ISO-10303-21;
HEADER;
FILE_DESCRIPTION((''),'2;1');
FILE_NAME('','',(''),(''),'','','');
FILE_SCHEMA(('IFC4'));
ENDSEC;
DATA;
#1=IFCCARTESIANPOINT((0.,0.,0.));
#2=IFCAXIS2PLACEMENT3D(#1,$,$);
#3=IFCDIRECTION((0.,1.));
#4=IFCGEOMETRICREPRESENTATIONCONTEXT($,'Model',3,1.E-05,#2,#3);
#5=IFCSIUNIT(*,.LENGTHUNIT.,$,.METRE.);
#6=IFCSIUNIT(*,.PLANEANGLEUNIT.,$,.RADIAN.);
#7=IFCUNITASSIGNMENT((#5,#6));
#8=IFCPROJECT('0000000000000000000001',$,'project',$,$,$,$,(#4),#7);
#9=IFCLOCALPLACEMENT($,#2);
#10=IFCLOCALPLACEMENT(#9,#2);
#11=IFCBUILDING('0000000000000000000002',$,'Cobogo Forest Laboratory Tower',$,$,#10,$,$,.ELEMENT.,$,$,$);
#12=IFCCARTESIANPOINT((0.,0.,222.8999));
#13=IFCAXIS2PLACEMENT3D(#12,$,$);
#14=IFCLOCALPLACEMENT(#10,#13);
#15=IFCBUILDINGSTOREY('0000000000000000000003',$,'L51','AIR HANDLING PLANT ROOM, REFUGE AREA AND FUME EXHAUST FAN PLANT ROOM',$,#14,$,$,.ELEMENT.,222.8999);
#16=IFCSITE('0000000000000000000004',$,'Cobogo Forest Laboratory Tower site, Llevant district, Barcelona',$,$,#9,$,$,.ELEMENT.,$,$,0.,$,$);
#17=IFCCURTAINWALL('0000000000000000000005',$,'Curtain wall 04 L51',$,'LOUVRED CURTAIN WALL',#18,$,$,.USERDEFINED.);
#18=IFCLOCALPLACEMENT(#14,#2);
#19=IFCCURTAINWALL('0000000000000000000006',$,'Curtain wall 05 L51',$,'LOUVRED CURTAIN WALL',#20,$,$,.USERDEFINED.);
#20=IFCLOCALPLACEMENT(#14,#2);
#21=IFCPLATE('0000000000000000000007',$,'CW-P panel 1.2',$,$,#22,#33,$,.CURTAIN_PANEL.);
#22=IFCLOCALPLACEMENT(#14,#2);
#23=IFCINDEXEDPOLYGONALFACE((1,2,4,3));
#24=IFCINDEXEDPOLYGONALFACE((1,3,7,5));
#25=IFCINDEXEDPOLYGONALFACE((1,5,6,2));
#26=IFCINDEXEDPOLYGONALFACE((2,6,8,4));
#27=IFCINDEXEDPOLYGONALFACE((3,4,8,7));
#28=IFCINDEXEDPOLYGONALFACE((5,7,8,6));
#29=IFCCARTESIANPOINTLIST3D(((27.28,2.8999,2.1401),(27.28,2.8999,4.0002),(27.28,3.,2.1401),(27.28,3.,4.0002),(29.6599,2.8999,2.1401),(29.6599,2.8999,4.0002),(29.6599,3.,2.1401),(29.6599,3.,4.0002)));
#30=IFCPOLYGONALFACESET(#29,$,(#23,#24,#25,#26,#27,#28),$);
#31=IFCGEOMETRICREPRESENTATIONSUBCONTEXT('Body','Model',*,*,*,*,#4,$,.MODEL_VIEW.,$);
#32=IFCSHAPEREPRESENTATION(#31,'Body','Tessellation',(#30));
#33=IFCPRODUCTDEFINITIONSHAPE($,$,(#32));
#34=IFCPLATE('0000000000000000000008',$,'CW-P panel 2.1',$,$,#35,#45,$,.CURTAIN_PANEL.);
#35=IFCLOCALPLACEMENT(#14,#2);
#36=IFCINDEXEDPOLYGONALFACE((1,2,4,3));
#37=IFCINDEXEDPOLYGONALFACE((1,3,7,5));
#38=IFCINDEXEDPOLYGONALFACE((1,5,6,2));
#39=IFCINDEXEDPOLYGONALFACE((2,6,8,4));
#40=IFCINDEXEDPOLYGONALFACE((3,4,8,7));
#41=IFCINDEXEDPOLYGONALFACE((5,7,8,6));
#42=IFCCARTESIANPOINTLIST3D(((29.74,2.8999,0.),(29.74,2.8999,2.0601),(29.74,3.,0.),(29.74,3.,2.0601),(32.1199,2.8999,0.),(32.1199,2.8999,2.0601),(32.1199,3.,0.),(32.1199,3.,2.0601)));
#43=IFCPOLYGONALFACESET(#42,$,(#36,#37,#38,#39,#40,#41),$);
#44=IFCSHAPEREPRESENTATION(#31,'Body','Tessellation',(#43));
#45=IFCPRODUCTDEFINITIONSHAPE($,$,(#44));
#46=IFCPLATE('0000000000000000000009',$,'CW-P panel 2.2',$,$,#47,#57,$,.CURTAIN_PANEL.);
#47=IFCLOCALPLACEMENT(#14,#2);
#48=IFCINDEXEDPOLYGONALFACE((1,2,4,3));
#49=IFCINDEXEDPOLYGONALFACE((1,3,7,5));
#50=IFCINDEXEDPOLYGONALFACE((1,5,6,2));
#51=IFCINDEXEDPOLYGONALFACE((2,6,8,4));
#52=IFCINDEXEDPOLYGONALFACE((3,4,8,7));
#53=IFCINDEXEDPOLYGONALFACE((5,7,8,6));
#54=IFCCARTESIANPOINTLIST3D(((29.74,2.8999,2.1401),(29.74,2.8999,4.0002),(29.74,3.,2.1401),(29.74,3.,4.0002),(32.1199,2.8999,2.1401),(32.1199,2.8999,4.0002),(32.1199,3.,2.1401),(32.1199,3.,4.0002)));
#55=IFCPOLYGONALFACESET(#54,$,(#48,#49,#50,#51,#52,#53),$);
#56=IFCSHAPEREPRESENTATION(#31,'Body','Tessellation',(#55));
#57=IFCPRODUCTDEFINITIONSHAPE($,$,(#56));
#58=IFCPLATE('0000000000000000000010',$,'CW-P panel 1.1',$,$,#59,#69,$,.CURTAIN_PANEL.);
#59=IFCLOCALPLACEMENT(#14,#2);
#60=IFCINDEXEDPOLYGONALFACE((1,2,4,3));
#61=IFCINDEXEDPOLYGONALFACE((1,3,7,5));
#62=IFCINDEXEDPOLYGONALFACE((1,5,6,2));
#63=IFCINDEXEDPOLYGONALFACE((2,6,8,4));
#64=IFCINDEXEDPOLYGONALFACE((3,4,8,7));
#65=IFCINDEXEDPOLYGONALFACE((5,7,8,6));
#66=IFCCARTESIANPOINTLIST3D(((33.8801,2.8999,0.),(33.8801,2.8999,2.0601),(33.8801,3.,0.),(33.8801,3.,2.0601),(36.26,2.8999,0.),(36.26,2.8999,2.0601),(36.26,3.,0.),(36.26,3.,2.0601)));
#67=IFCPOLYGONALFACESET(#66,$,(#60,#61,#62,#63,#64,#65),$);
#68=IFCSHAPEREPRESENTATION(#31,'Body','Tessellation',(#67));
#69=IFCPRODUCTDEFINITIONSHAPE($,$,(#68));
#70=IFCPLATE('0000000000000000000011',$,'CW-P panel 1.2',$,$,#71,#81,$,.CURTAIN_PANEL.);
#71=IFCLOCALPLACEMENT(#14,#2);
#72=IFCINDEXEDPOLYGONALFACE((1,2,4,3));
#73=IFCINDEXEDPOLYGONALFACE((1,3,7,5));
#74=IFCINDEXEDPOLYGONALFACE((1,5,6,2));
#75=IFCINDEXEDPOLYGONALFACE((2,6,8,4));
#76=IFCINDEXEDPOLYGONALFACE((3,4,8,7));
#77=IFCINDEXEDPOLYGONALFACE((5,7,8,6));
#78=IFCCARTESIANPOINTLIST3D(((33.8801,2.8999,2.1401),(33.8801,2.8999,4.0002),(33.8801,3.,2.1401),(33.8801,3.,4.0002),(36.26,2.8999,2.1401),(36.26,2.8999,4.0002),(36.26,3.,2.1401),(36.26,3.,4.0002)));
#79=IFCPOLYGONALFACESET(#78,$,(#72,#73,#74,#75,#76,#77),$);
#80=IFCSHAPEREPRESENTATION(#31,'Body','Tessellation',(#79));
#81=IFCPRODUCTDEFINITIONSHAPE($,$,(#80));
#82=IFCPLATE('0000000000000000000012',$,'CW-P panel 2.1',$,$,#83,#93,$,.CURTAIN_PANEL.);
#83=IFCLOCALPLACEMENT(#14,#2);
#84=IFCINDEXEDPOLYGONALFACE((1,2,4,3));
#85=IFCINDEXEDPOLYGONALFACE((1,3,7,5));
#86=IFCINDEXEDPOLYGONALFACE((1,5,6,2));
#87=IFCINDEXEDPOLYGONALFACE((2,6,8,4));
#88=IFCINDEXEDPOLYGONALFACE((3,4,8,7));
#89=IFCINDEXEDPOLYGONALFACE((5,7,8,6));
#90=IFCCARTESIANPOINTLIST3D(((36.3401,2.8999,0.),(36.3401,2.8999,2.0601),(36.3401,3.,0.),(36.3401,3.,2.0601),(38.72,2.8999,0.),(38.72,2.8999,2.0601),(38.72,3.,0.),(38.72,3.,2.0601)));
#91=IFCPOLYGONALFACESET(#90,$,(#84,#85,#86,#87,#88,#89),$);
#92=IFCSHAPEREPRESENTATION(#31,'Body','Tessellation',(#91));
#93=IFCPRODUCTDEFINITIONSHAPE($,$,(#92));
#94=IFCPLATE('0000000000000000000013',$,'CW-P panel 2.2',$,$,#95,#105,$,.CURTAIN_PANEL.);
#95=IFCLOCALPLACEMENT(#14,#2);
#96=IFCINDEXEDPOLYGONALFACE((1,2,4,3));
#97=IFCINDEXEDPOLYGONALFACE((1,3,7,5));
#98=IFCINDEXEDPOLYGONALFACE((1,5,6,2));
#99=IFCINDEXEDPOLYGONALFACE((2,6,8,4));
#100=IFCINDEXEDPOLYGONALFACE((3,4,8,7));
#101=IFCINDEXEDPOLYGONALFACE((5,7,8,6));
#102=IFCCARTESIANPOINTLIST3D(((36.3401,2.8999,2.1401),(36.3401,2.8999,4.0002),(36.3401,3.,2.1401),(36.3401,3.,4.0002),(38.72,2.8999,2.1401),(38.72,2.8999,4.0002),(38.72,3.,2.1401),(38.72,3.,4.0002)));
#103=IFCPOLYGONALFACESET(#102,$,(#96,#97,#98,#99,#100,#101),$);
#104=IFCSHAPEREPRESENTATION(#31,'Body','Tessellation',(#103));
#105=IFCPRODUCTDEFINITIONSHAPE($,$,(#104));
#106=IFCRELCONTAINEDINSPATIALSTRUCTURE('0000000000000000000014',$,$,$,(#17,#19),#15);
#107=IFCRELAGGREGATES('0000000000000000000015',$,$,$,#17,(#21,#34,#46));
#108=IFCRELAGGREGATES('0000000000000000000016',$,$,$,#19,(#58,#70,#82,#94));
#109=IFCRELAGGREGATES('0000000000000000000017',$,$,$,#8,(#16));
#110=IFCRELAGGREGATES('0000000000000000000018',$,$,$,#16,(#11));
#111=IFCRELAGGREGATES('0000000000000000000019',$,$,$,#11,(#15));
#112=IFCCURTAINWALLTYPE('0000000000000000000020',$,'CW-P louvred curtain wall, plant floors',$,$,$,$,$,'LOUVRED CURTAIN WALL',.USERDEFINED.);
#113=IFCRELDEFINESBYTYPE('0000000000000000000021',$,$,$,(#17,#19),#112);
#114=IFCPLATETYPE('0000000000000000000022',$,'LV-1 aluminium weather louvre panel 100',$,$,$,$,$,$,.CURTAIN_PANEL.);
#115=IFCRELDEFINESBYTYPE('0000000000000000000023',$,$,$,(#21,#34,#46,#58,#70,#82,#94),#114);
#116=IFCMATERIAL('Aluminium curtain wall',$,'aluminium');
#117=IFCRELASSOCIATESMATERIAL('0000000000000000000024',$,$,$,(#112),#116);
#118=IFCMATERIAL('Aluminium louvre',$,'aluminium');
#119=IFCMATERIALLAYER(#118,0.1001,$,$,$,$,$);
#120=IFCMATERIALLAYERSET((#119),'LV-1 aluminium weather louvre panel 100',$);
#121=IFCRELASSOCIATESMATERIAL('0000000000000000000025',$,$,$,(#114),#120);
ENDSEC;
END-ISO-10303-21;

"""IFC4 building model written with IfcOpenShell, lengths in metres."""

from ifc_helpers import new_model, si_unit, direction, frame, origin, origin_2d, place, context, subcontext, project, spatial, rectangle, extrude, material, layer, layer_set, type_object, element, aggregate, save


model = new_model("IFC4")

# Units and contexts
model_context = context("Model", 3, precision=1e-05, world=origin(), true_north=direction((0.0, 1.0)))
body_context = subcontext(model_context, "Body", "Model", "MODEL_VIEW")
ifc_project = project(units=[si_unit("LENGTHUNIT", "METRE"), si_unit("PLANEANGLEUNIT", "RADIAN")], contexts=[model_context])

# Site, building, storey
site_placement = place(None, origin())
site = spatial("IfcSite", under=ifc_project, at=site_placement, Name="Cobogo Forest Laboratory Tower site, Llevant district, Barcelona", CompositionType="ELEMENT", RefElevation=0.0)
building_placement = place(site_placement, origin())
building = spatial("IfcBuilding", under=site, at=building_placement, Name="Cobogo Forest Laboratory Tower", CompositionType="ELEMENT")
storey_placement = place(building_placement, frame((0.0, 0.0, 222.8999)))
storey = spatial("IfcBuildingStorey", under=building, at=storey_placement, Name="L51", Description="AIR HANDLING PLANT ROOM, REFUGE AREA AND FUME EXHAUST FAN PLANT ROOM", CompositionType="ELEMENT", Elevation=222.8999)

# Shared definitions
ifc_material_1 = material(Name="Aluminium curtain wall", Category="aluminium")
curtain_wall_type = type_object("IfcCurtainWallType", Name="CW-P louvred curtain wall, plant floors", ElementType="LOUVRED CURTAIN WALL", PredefinedType="USERDEFINED", material=ifc_material_1)

# Curtain walls
curtain_wall_1_placement = place(storey_placement, origin())
curtain_wall_1 = element("IfcCurtainWall", 1, at=curtain_wall_1_placement, inside=storey, type_object=curtain_wall_type, Name="Curtain wall 04 L51", ObjectType="LOUVRED CURTAIN WALL", PredefinedType="USERDEFINED")
curtain_wall_2_placement = place(storey_placement, origin())
curtain_wall_2 = element("IfcCurtainWall", 2, at=curtain_wall_2_placement, inside=storey, type_object=curtain_wall_type, Name="Curtain wall 05 L51", ObjectType="LOUVRED CURTAIN WALL", PredefinedType="USERDEFINED")

# Plates
ifc_material_2 = material(Name="Aluminium louvre", Category="aluminium")
ifc_layer_1 = layer(ifc_material_2, 0.1001)
ifc_layer_set_1 = layer_set([ifc_layer_1], Name="LV-1 aluminium weather louvre panel 100")
plate_type_1 = type_object("IfcPlateType", Name="LV-1 aluminium weather louvre panel 100", PredefinedType="CURTAIN_PANEL", material=ifc_layer_set_1)
plate_1_placement = place(storey_placement, frame((28.47, 2.95, 2.1401), z_axis=(0.0, 0.0, 1.0), x_axis=(1.0, 0.0, 0.0)))
plate_1 = element("IfcPlate", 3, at=plate_1_placement, type_object=plate_type_1, Name="CW-P panel 1.2", PredefinedType="CURTAIN_PANEL", context=body_context, shape_type="SweptSolid", body=[
    extrude(rectangle(XDim=2.3799, YDim=0.1001, at=origin_2d()), origin(), (0.0, 0.0, 1.0), 1.8601),
])
plate_2_placement = place(storey_placement, frame((30.9299, 2.95, 0.0), z_axis=(0.0, 0.0, 1.0), x_axis=(1.0, 0.0, 0.0)))
plate_2 = element("IfcPlate", 4, at=plate_2_placement, type_object=plate_type_1, Name="CW-P panel 2.1", PredefinedType="CURTAIN_PANEL", context=body_context, shape_type="SweptSolid", body=[
    extrude(rectangle(XDim=2.3799, YDim=0.1001, at=origin_2d()), origin(), (0.0, 0.0, 1.0), 2.0601),
])
plate_3_placement = place(storey_placement, frame((30.9299, 2.95, 2.1401), z_axis=(0.0, 0.0, 1.0), x_axis=(1.0, 0.0, 0.0)))
plate_3 = element("IfcPlate", 5, at=plate_3_placement, type_object=plate_type_1, Name="CW-P panel 2.2", PredefinedType="CURTAIN_PANEL", context=body_context, shape_type="SweptSolid", body=[
    extrude(rectangle(XDim=2.3799, YDim=0.1001, at=origin_2d()), origin(), (0.0, 0.0, 1.0), 1.8601),
])
aggregate(curtain_wall_1, [plate_1, plate_2, plate_3])
plate_4_placement = place(storey_placement, frame((35.0701, 2.95, 0.0), z_axis=(0.0, 0.0, 1.0), x_axis=(1.0, 0.0, 0.0)))
plate_4 = element("IfcPlate", 6, at=plate_4_placement, type_object=plate_type_1, Name="CW-P panel 1.1", PredefinedType="CURTAIN_PANEL", context=body_context, shape_type="SweptSolid", body=[
    extrude(rectangle(XDim=2.3799, YDim=0.1001, at=origin_2d()), origin(), (0.0, 0.0, 1.0), 2.0601),
])
plate_5_placement = place(storey_placement, frame((35.0701, 2.95, 2.1401), z_axis=(0.0, 0.0, 1.0), x_axis=(1.0, 0.0, 0.0)))
plate_5 = element("IfcPlate", 7, at=plate_5_placement, type_object=plate_type_1, Name="CW-P panel 1.2", PredefinedType="CURTAIN_PANEL", context=body_context, shape_type="SweptSolid", body=[
    extrude(rectangle(XDim=2.3799, YDim=0.1001, at=origin_2d()), origin(), (0.0, 0.0, 1.0), 1.8601),
])
plate_6_placement = place(storey_placement, frame((37.53, 2.95, 0.0), z_axis=(0.0, 0.0, 1.0), x_axis=(1.0, 0.0, 0.0)))
plate_6 = element("IfcPlate", 8, at=plate_6_placement, type_object=plate_type_1, Name="CW-P panel 2.1", PredefinedType="CURTAIN_PANEL", context=body_context, shape_type="SweptSolid", body=[
    extrude(rectangle(XDim=2.3799, YDim=0.1001, at=origin_2d()), origin(), (0.0, 0.0, 1.0), 2.0601),
])
plate_7_placement = place(storey_placement, frame((37.53, 2.95, 2.1401), z_axis=(0.0, 0.0, 1.0), x_axis=(1.0, 0.0, 0.0)))
plate_7 = element("IfcPlate", 9, at=plate_7_placement, type_object=plate_type_1, Name="CW-P panel 2.2", PredefinedType="CURTAIN_PANEL", context=body_context, shape_type="SweptSolid", body=[
    extrude(rectangle(XDim=2.3799, YDim=0.1001, at=origin_2d()), origin(), (0.0, 0.0, 1.0), 1.8601),
])
aggregate(curtain_wall_2, [plate_4, plate_5, plate_6, plate_7])

save(model, "model.ifc")
